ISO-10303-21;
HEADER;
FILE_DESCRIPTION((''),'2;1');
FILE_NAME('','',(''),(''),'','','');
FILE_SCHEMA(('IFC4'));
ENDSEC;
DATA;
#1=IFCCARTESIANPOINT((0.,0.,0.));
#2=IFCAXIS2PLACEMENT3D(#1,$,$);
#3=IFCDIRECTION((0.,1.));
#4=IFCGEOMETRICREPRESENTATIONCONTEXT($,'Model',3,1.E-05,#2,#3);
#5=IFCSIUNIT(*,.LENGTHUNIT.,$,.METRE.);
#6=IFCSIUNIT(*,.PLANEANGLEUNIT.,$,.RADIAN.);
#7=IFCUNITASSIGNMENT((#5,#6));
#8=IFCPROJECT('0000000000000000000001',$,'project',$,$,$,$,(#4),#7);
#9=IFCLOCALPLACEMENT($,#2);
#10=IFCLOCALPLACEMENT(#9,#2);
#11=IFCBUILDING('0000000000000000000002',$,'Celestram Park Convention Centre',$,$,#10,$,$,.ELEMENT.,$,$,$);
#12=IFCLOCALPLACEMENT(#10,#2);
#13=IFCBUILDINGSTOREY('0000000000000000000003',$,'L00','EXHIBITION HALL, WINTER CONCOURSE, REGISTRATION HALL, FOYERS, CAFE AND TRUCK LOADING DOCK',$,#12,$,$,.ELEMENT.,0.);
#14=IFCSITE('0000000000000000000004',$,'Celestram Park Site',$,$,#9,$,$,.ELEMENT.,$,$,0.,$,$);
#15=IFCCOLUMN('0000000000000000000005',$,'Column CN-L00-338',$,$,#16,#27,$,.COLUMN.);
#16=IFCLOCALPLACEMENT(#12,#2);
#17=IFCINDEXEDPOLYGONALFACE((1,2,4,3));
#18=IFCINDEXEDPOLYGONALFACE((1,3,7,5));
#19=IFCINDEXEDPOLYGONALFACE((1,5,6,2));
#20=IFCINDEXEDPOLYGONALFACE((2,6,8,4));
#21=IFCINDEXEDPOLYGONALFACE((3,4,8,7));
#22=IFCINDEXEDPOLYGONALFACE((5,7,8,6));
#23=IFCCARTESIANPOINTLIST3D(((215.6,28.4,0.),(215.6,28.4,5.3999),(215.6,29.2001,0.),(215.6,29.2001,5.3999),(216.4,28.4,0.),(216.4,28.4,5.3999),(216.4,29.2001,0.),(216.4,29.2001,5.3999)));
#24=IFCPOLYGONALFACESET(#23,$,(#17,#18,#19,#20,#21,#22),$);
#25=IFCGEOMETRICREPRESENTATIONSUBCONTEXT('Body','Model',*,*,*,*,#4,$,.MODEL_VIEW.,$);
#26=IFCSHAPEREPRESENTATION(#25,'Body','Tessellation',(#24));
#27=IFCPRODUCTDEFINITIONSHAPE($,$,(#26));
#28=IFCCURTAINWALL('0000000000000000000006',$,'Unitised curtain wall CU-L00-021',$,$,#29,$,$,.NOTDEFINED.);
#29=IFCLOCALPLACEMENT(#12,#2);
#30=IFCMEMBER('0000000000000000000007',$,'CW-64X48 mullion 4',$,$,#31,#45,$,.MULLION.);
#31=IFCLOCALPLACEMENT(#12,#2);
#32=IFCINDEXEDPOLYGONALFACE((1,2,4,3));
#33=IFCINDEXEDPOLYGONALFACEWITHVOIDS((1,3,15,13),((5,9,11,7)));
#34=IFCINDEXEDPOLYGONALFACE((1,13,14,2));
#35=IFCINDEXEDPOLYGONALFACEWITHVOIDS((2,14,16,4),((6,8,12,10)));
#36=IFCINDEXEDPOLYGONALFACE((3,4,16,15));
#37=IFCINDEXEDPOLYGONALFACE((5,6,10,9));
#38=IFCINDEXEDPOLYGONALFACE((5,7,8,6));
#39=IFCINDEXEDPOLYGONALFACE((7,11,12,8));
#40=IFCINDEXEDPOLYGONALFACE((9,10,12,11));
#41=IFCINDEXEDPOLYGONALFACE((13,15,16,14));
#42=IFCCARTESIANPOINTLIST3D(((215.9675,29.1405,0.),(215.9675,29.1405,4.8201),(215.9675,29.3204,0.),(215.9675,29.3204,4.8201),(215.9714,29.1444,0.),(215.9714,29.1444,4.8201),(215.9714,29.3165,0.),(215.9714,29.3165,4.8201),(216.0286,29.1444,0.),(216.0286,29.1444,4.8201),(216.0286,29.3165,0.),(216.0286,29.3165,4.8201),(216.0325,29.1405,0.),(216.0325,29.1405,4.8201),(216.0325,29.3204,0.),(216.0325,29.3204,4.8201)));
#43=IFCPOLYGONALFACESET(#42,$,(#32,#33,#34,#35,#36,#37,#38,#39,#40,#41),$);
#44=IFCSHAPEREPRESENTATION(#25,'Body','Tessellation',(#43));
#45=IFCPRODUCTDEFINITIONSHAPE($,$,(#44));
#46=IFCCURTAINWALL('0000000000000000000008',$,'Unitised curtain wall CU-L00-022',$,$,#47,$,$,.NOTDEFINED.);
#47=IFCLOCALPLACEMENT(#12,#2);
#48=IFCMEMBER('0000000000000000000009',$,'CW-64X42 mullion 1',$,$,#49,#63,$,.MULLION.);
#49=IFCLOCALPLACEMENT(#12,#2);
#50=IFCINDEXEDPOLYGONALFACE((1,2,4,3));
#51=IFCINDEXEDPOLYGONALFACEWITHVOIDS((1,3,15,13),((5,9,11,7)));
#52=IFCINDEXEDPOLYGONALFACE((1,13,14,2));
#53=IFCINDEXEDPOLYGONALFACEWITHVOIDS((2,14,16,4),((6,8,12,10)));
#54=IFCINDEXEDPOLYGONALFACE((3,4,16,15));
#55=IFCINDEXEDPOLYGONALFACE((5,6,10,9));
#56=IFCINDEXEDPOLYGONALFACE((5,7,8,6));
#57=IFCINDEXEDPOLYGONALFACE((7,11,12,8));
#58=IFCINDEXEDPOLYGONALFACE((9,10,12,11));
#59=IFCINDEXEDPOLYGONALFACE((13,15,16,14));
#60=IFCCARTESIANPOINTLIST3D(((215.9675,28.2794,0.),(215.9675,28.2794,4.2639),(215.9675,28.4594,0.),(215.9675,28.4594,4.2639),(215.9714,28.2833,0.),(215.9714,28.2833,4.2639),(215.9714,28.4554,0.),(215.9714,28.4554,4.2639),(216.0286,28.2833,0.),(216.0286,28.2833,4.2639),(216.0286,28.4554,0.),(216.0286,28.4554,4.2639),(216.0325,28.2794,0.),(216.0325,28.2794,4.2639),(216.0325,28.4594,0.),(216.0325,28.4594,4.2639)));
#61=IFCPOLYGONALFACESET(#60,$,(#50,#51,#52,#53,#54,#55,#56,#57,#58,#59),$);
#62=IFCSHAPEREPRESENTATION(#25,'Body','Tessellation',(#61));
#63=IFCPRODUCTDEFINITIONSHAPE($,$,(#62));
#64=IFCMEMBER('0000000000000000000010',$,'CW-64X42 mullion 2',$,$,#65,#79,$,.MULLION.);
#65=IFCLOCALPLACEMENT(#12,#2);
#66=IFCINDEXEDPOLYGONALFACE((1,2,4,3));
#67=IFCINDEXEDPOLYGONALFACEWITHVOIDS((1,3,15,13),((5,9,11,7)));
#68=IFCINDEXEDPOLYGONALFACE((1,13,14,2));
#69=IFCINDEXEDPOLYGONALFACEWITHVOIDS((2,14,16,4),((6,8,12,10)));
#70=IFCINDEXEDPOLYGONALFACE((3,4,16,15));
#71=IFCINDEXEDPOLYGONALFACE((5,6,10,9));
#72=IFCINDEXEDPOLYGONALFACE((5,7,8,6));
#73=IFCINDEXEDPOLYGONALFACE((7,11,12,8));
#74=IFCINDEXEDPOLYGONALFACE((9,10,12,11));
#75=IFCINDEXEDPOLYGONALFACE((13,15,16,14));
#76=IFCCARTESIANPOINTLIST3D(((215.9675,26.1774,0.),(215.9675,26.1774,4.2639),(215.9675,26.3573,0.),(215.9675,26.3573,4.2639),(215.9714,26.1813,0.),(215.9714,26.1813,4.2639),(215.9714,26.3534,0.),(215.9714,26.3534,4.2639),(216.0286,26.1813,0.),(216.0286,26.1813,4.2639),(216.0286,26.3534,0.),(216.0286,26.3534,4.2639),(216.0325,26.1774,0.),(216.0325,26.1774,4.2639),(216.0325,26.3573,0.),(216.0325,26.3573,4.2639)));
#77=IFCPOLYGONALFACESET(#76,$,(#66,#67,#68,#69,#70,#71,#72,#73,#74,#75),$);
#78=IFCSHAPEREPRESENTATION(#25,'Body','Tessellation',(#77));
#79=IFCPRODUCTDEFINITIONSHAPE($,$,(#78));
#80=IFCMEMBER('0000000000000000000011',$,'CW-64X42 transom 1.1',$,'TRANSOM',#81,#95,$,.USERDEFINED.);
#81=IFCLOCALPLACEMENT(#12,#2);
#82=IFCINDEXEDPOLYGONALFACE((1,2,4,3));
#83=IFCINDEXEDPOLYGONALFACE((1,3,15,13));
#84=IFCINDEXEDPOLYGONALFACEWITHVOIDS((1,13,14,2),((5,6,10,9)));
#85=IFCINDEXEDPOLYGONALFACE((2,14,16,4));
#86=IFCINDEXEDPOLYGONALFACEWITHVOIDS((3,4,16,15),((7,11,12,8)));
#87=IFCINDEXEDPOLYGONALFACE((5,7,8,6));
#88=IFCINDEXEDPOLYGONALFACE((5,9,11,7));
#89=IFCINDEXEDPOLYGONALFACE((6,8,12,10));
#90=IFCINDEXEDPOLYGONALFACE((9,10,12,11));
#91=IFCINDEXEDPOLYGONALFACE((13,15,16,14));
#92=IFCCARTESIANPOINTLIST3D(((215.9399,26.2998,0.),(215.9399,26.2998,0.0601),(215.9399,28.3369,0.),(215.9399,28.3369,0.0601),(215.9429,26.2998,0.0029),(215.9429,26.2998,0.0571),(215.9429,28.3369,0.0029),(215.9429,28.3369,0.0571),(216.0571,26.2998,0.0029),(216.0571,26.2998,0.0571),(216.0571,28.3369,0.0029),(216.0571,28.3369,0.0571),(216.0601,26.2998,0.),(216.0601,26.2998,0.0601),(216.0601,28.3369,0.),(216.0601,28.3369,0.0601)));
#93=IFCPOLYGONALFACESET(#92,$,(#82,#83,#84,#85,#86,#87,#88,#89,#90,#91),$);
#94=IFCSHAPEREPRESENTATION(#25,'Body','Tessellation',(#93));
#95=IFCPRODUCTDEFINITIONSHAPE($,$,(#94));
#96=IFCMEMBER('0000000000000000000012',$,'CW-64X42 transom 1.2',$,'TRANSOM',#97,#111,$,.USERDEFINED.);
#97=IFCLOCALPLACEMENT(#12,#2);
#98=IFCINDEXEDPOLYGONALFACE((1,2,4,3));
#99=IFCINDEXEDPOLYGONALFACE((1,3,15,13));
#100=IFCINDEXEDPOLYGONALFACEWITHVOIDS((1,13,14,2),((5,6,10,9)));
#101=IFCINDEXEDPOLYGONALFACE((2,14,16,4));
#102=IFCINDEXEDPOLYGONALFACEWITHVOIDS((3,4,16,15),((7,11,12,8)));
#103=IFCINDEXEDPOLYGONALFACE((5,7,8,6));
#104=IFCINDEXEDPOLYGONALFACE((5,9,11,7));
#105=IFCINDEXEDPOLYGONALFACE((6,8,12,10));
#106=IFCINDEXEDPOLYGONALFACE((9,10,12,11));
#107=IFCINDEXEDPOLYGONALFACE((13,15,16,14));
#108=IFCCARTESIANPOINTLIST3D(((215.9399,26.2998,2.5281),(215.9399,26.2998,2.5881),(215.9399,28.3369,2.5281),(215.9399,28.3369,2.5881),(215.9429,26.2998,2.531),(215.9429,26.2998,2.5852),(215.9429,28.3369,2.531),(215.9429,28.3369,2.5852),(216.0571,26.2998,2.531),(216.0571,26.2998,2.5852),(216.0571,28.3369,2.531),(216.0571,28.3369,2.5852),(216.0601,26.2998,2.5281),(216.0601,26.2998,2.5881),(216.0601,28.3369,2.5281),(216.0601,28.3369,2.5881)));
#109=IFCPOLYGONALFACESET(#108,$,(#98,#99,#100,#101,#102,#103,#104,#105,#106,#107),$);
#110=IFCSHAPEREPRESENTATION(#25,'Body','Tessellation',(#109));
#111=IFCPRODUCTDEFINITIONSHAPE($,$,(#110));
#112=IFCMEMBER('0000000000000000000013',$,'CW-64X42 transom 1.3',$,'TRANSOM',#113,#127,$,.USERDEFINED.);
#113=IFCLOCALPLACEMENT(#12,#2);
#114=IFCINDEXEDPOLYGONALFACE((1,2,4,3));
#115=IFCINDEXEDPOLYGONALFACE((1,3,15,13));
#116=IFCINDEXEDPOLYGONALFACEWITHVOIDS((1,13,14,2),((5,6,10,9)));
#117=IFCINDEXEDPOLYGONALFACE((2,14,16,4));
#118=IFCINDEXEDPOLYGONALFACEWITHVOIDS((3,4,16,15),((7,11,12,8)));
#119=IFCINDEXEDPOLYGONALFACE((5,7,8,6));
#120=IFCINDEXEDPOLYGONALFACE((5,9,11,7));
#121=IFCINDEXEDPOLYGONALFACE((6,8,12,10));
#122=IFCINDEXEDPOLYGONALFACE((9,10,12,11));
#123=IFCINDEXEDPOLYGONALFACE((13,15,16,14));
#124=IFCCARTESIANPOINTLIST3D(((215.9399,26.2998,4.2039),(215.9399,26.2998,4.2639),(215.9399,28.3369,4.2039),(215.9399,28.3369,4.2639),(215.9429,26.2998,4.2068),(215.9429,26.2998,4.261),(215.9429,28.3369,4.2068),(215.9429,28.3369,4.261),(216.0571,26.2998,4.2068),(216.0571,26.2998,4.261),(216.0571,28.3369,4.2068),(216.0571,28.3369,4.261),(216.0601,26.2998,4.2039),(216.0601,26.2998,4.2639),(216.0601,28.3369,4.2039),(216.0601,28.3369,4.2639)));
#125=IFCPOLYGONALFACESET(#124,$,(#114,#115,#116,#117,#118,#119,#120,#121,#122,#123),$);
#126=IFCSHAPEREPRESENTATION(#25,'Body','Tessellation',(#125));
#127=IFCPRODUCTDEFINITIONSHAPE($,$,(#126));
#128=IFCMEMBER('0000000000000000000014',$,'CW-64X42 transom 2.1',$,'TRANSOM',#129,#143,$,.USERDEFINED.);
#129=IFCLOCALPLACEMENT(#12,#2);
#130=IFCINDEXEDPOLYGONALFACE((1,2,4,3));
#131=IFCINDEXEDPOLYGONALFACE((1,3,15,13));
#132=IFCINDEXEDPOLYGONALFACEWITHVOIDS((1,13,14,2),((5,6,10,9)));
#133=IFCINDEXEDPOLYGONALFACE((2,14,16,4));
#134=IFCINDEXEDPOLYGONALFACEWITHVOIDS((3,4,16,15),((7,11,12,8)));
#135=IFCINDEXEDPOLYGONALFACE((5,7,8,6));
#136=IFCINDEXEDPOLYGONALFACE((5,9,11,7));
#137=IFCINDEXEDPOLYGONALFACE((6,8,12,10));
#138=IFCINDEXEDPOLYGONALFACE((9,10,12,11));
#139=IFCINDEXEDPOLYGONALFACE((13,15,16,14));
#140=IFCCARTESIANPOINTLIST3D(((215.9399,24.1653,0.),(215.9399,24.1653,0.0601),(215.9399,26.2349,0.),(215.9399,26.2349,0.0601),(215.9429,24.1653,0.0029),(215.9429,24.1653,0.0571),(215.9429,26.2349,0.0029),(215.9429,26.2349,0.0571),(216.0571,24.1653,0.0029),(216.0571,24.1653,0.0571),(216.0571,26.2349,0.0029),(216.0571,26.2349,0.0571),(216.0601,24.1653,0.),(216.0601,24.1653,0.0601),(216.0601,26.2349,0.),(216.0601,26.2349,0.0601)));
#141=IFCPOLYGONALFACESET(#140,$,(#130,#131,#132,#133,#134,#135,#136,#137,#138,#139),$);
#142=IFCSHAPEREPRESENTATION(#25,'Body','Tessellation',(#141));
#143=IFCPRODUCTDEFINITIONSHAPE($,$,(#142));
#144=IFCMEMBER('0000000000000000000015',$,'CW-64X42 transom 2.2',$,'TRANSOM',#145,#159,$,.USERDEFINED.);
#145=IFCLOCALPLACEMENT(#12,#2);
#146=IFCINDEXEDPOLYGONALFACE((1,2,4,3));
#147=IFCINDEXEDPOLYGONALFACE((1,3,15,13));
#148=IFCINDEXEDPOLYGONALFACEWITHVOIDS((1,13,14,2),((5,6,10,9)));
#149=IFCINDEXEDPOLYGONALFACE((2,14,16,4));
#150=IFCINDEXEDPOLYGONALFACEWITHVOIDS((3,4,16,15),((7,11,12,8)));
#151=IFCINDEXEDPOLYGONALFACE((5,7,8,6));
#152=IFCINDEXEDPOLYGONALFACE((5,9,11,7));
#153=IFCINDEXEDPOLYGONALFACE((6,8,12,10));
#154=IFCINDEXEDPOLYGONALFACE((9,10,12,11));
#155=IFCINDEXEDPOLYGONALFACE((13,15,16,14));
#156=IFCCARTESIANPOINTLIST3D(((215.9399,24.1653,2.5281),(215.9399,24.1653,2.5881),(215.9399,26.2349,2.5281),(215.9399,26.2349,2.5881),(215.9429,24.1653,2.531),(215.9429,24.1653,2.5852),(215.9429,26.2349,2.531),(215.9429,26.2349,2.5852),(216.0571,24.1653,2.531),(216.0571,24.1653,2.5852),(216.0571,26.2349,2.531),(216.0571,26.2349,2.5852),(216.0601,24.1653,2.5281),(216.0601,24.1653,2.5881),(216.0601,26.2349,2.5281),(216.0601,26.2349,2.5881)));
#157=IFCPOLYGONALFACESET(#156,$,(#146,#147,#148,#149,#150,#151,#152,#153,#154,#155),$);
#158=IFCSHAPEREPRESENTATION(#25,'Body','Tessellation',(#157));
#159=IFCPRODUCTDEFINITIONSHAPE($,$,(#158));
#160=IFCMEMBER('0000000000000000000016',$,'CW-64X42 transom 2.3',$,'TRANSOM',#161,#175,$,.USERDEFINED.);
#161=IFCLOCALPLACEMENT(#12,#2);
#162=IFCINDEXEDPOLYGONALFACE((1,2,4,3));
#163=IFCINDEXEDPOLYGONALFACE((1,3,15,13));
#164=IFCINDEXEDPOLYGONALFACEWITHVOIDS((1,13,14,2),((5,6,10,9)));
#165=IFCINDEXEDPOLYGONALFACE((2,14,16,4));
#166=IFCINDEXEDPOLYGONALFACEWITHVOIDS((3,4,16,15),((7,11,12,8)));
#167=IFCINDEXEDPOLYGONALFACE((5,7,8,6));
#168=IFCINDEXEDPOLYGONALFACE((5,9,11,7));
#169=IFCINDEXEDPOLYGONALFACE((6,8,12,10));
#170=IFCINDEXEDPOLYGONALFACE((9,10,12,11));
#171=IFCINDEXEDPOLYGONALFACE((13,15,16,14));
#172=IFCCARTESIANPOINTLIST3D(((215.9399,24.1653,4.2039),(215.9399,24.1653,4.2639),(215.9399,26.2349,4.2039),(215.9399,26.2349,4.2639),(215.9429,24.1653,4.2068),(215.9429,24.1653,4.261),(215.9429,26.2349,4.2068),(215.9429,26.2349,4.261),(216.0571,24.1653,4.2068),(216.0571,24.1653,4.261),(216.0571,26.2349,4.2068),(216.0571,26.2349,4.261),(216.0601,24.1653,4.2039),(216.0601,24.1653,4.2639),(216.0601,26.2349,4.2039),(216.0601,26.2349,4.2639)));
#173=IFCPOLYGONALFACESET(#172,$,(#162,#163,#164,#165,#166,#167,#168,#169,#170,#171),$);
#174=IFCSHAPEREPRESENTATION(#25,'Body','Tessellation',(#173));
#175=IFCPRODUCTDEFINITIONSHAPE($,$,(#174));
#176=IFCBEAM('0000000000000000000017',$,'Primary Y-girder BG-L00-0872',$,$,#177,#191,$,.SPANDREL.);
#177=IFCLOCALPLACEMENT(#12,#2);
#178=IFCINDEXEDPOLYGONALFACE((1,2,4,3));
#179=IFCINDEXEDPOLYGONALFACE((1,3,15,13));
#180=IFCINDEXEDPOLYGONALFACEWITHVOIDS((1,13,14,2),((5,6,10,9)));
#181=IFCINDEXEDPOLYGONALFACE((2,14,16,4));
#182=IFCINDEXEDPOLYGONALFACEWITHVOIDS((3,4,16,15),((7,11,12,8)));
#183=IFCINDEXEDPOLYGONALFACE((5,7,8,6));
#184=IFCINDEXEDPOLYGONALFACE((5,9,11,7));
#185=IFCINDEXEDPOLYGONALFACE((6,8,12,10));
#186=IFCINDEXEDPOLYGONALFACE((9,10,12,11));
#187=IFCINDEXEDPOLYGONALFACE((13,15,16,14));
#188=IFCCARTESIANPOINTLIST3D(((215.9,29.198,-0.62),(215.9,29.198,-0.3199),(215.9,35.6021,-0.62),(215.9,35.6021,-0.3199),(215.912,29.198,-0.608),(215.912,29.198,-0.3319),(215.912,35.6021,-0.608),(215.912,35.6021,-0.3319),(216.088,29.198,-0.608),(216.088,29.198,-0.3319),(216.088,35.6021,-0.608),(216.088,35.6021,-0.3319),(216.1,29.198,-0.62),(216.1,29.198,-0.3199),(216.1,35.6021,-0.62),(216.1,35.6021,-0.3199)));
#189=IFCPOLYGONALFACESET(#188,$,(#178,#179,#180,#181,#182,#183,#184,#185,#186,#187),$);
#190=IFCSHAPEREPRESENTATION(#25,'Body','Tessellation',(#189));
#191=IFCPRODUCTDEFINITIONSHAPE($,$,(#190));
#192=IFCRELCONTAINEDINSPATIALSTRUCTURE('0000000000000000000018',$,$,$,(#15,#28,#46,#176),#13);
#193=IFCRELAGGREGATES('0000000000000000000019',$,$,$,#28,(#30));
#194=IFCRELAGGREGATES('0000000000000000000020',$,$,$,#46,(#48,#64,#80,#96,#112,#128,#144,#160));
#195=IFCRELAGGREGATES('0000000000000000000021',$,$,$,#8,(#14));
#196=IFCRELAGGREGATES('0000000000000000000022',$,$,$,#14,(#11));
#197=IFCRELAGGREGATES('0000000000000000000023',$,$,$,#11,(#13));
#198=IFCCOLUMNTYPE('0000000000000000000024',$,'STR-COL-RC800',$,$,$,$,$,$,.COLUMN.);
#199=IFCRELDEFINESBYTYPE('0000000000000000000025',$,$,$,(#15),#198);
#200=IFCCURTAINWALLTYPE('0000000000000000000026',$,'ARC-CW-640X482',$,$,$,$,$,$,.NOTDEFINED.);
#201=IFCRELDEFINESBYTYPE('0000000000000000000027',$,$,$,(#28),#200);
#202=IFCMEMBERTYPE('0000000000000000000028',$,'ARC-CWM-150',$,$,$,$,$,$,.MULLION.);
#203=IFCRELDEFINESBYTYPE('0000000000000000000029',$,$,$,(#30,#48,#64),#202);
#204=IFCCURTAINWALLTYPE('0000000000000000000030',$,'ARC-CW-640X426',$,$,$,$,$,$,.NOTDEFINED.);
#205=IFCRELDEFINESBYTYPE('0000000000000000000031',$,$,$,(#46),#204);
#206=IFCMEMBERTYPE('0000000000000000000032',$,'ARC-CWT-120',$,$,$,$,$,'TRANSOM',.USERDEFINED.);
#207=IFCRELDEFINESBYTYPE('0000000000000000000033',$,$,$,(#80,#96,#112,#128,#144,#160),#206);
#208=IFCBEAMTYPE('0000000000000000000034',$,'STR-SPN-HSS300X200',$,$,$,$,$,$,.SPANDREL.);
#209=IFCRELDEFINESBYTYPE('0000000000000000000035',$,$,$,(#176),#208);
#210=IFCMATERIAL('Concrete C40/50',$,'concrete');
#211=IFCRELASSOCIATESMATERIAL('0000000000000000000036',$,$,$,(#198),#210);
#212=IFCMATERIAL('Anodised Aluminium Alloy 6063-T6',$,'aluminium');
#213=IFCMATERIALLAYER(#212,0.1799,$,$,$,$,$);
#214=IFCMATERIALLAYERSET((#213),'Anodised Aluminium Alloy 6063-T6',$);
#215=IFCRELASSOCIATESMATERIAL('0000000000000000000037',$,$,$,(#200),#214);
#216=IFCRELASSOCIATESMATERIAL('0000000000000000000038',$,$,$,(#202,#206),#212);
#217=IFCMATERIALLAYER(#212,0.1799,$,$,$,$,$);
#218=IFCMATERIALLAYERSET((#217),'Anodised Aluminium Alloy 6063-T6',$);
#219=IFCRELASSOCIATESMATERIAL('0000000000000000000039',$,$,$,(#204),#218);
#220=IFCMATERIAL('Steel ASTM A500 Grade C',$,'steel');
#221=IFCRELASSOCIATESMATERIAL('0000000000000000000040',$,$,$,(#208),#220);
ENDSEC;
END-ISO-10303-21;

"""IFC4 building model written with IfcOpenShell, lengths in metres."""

from ifc_helpers import new_model, si_unit, direction, frame, origin, origin_2d, place, context, subcontext, project, spatial, rectangle, hollow_rectangle, extrude, material, layer, layer_set, material_profile, profile_set, type_object, element, aggregate, save


model = new_model("IFC4")

# Units and contexts
model_context = context("Model", 3, precision=1e-05, world=origin(), true_north=direction((0.0, 1.0)))
body_context = subcontext(model_context, "Body", "Model", "MODEL_VIEW")
ifc_project = project(units=[si_unit("LENGTHUNIT", "METRE"), si_unit("PLANEANGLEUNIT", "RADIAN")], contexts=[model_context])

# Site, building, storey
site_placement = place(None, origin())
site = spatial("IfcSite", under=ifc_project, at=site_placement, Name="Celestram Park Site", CompositionType="ELEMENT", RefElevation=0.0)
building_placement = place(site_placement, origin())
building = spatial("IfcBuilding", under=site, at=building_placement, Name="Celestram Park Convention Centre", CompositionType="ELEMENT")
storey_placement = place(building_placement, origin())
storey = spatial("IfcBuildingStorey", under=building, at=storey_placement, Name="L00", Description="EXHIBITION HALL, WINTER CONCOURSE, REGISTRATION HALL, FOYERS, CAFE AND TRUCK LOADING DOCK", CompositionType="ELEMENT", Elevation=0.0)

# Column
ifc_material_1 = material(Name="Concrete C40/50", Category="concrete")
ifc_material_profile_1 = material_profile(ifc_material_1, rectangle(XDim=0.8, YDim=0.8, at=origin_2d()), Name="RC800X800")
ifc_profile_set_1 = profile_set([ifc_material_profile_1], Name="Concrete C40/50")
column_type = type_object("IfcColumnType", Name="STR-COL-RC800", PredefinedType="COLUMN", material=ifc_profile_set_1)
column_placement = place(storey_placement, frame((216.0, 28.8, 0.0), z_axis=(0.0, 0.0, 1.0), x_axis=(1.0, 0.0, 0.0)))
element("IfcColumn", 1, at=column_placement, inside=storey, type_object=column_type, Name="Column CN-L00-338", PredefinedType="COLUMN", context=body_context, shape_type="SweptSolid", body=[
    extrude(rectangle(XDim=0.8, YDim=0.8, at=origin_2d()), origin(), (0.0, 0.0, 1.0), 5.3999),
])

# Curtain wall, member
ifc_material_2 = material(Name="Anodised Aluminium Alloy 6063-T6", Category="aluminium")
ifc_layer_1 = layer(ifc_material_2, 0.1799)
ifc_layer_set_1 = layer_set([ifc_layer_1], Name="Anodised Aluminium Alloy 6063-T6")
curtain_wall_type_1 = type_object("IfcCurtainWallType", Name="ARC-CW-640X482", PredefinedType="NOTDEFINED", material=ifc_layer_set_1)
curtain_wall_1_placement = place(storey_placement, origin())
curtain_wall_1 = element("IfcCurtainWall", 2, at=curtain_wall_1_placement, inside=storey, type_object=curtain_wall_type_1, Name="Unitised curtain wall CU-L00-021", PredefinedType="NOTDEFINED")
ifc_material_profile_2 = material_profile(ifc_material_2, hollow_rectangle(XDim=0.0649, YDim=0.1799, WallThickness=0.0039, at=origin_2d()), Name="ALU65X180X4")
ifc_profile_set_2 = profile_set([ifc_material_profile_2], Name="Anodised Aluminium Alloy 6063-T6")
member_type_1 = type_object("IfcMemberType", Name="ARC-CWM-150", PredefinedType="MULLION", material=ifc_profile_set_2)
member_1_placement = place(storey_placement, frame((216.0, 29.2305, 0.0), z_axis=(0.0, 0.0, 1.0), x_axis=(1.0, 0.0, 0.0)))
member_1 = element("IfcMember", 3, at=member_1_placement, type_object=member_type_1, Name="CW-64X48 mullion 4", PredefinedType="MULLION", context=body_context, shape_type="SweptSolid", body=[
    extrude(hollow_rectangle(XDim=0.0649, YDim=0.1799, WallThickness=0.0039, at=origin_2d()), origin(), (0.0, 0.0, 1.0), 4.8201),
])

# Curtain wall, members
ifc_layer_2 = layer(ifc_material_2, 0.1799)
ifc_layer_set_2 = layer_set([ifc_layer_2], Name="Anodised Aluminium Alloy 6063-T6")
curtain_wall_type_2 = type_object("IfcCurtainWallType", Name="ARC-CW-640X426", PredefinedType="NOTDEFINED", material=ifc_layer_set_2)
curtain_wall_2_placement = place(storey_placement, origin())
curtain_wall_2 = element("IfcCurtainWall", 4, at=curtain_wall_2_placement, inside=storey, type_object=curtain_wall_type_2, Name="Unitised curtain wall CU-L00-022", PredefinedType="NOTDEFINED")
member_2_placement = place(storey_placement, frame((216.0, 28.3694, 0.0), z_axis=(0.0, 0.0, 1.0), x_axis=(1.0, 0.0, 0.0)))
member_2 = element("IfcMember", 5, at=member_2_placement, type_object=member_type_1, Name="CW-64X42 mullion 1", PredefinedType="MULLION", context=body_context, shape_type="SweptSolid", body=[
    extrude(hollow_rectangle(XDim=0.0649, YDim=0.1799, WallThickness=0.0039, at=origin_2d()), origin(), (0.0, 0.0, 1.0), 4.2639),
])
member_3_placement = place(storey_placement, frame((216.0, 26.2673, 0.0), z_axis=(0.0, 0.0, 1.0), x_axis=(1.0, 0.0, 0.0)))
member_3 = element("IfcMember", 6, at=member_3_placement, type_object=member_type_1, Name="CW-64X42 mullion 2", PredefinedType="MULLION", context=body_context, shape_type="SweptSolid", body=[
    extrude(hollow_rectangle(XDim=0.0649, YDim=0.1799, WallThickness=0.0039, at=origin_2d()), origin(), (0.0, 0.0, 1.0), 4.2639),
])
ifc_material_profile_3 = material_profile(ifc_material_2, hollow_rectangle(XDim=0.1201, YDim=0.0601, WallThickness=0.0029, at=origin_2d()), Name="ALU120X60X3")
ifc_profile_set_3 = profile_set([ifc_material_profile_3], Name="Anodised Aluminium Alloy 6063-T6")
member_type_2 = type_object("IfcMemberType", Name="ARC-CWT-120", ElementType="TRANSOM", PredefinedType="USERDEFINED", material=ifc_profile_set_3)
member_4_placement = place(storey_placement, frame((216.0, 28.3369, 0.03), z_axis=(0.0, -1.0, 0.0), x_axis=(1.0, 0.0, 0.0)))
member_4 = element("IfcMember", 7, at=member_4_placement, type_object=member_type_2, Name="CW-64X42 transom 1.1", ObjectType="TRANSOM", PredefinedType="USERDEFINED", context=body_context, shape_type="SweptSolid", body=[
    extrude(hollow_rectangle(XDim=0.1201, YDim=0.0601, WallThickness=0.0029, at=origin_2d()), origin(), (0.0, 0.0, 1.0), 2.0371),
])
member_5_placement = place(storey_placement, frame((216.0, 28.3369, 2.5581), z_axis=(0.0, -1.0, 0.0), x_axis=(1.0, 0.0, 0.0)))
member_5 = element("IfcMember", 8, at=member_5_placement, type_object=member_type_2, Name="CW-64X42 transom 1.2", ObjectType="TRANSOM", PredefinedType="USERDEFINED", context=body_context, shape_type="SweptSolid", body=[
    extrude(hollow_rectangle(XDim=0.1201, YDim=0.0601, WallThickness=0.0029, at=origin_2d()), origin(), (0.0, 0.0, 1.0), 2.0371),
])
member_6_placement = place(storey_placement, frame((216.0, 28.3369, 4.2339), z_axis=(0.0, -1.0, 0.0), x_axis=(1.0, 0.0, 0.0)))
member_6 = element("IfcMember", 9, at=member_6_placement, type_object=member_type_2, Name="CW-64X42 transom 1.3", ObjectType="TRANSOM", PredefinedType="USERDEFINED", context=body_context, shape_type="SweptSolid", body=[
    extrude(hollow_rectangle(XDim=0.1201, YDim=0.0601, WallThickness=0.0029, at=origin_2d()), origin(), (0.0, 0.0, 1.0), 2.0371),
])
member_7_placement = place(storey_placement, frame((216.0, 26.2349, 0.03), z_axis=(0.0, -1.0, 0.0), x_axis=(1.0, 0.0, 0.0)))
member_7 = element("IfcMember", 10, at=member_7_placement, type_object=member_type_2, Name="CW-64X42 transom 2.1", ObjectType="TRANSOM", PredefinedType="USERDEFINED", context=body_context, shape_type="SweptSolid", body=[
    extrude(hollow_rectangle(XDim=0.1201, YDim=0.0601, WallThickness=0.0029, at=origin_2d()), origin(), (0.0, 0.0, 1.0), 2.0696),
])
member_8_placement = place(storey_placement, frame((216.0, 26.2349, 2.5581), z_axis=(0.0, -1.0, 0.0), x_axis=(1.0, 0.0, 0.0)))
member_8 = element("IfcMember", 11, at=member_8_placement, type_object=member_type_2, Name="CW-64X42 transom 2.2", ObjectType="TRANSOM", PredefinedType="USERDEFINED", context=body_context, shape_type="SweptSolid", body=[
    extrude(hollow_rectangle(XDim=0.1201, YDim=0.0601, WallThickness=0.0029, at=origin_2d()), origin(), (0.0, 0.0, 1.0), 2.0696),
])
member_9_placement = place(storey_placement, frame((216.0, 26.2349, 4.2339), z_axis=(0.0, -1.0, 0.0), x_axis=(1.0, 0.0, 0.0)))
member_9 = element("IfcMember", 12, at=member_9_placement, type_object=member_type_2, Name="CW-64X42 transom 2.3", ObjectType="TRANSOM", PredefinedType="USERDEFINED", context=body_context, shape_type="SweptSolid", body=[
    extrude(hollow_rectangle(XDim=0.1201, YDim=0.0601, WallThickness=0.0029, at=origin_2d()), origin(), (0.0, 0.0, 1.0), 2.0696),
])

# Beam
ifc_material_3 = material(Name="Steel ASTM A500 Grade C", Category="steel")
ifc_material_profile_4 = material_profile(ifc_material_3, hollow_rectangle(XDim=0.2, YDim=0.3, WallThickness=0.012, at=origin_2d()), Name="HSS300X200X12")
ifc_profile_set_4 = profile_set([ifc_material_profile_4], Name="Steel ASTM A500 Grade C")
beam_type = type_object("IfcBeamType", Name="STR-SPN-HSS300X200", PredefinedType="SPANDREL", material=ifc_profile_set_4)
beam_placement = place(storey_placement, frame((216.0, 29.198, -0.47), z_axis=(0.0, 1.0, 0.0), x_axis=(-1.0, 0.0, 0.0)))
element("IfcBeam", 13, at=beam_placement, inside=storey, type_object=beam_type, Name="Primary Y-girder BG-L00-0872", PredefinedType="SPANDREL", context=body_context, shape_type="SweptSolid", body=[
    extrude(hollow_rectangle(XDim=0.2, YDim=0.3, WallThickness=0.012, at=origin_2d()), origin(), (0.0, 0.0, 1.0), 6.4041),
])

aggregate(curtain_wall_1, [member_1])
aggregate(curtain_wall_2, [member_2, member_3, member_4, member_5, member_6, member_7, member_8, member_9])

save(model, "model.ifc")
